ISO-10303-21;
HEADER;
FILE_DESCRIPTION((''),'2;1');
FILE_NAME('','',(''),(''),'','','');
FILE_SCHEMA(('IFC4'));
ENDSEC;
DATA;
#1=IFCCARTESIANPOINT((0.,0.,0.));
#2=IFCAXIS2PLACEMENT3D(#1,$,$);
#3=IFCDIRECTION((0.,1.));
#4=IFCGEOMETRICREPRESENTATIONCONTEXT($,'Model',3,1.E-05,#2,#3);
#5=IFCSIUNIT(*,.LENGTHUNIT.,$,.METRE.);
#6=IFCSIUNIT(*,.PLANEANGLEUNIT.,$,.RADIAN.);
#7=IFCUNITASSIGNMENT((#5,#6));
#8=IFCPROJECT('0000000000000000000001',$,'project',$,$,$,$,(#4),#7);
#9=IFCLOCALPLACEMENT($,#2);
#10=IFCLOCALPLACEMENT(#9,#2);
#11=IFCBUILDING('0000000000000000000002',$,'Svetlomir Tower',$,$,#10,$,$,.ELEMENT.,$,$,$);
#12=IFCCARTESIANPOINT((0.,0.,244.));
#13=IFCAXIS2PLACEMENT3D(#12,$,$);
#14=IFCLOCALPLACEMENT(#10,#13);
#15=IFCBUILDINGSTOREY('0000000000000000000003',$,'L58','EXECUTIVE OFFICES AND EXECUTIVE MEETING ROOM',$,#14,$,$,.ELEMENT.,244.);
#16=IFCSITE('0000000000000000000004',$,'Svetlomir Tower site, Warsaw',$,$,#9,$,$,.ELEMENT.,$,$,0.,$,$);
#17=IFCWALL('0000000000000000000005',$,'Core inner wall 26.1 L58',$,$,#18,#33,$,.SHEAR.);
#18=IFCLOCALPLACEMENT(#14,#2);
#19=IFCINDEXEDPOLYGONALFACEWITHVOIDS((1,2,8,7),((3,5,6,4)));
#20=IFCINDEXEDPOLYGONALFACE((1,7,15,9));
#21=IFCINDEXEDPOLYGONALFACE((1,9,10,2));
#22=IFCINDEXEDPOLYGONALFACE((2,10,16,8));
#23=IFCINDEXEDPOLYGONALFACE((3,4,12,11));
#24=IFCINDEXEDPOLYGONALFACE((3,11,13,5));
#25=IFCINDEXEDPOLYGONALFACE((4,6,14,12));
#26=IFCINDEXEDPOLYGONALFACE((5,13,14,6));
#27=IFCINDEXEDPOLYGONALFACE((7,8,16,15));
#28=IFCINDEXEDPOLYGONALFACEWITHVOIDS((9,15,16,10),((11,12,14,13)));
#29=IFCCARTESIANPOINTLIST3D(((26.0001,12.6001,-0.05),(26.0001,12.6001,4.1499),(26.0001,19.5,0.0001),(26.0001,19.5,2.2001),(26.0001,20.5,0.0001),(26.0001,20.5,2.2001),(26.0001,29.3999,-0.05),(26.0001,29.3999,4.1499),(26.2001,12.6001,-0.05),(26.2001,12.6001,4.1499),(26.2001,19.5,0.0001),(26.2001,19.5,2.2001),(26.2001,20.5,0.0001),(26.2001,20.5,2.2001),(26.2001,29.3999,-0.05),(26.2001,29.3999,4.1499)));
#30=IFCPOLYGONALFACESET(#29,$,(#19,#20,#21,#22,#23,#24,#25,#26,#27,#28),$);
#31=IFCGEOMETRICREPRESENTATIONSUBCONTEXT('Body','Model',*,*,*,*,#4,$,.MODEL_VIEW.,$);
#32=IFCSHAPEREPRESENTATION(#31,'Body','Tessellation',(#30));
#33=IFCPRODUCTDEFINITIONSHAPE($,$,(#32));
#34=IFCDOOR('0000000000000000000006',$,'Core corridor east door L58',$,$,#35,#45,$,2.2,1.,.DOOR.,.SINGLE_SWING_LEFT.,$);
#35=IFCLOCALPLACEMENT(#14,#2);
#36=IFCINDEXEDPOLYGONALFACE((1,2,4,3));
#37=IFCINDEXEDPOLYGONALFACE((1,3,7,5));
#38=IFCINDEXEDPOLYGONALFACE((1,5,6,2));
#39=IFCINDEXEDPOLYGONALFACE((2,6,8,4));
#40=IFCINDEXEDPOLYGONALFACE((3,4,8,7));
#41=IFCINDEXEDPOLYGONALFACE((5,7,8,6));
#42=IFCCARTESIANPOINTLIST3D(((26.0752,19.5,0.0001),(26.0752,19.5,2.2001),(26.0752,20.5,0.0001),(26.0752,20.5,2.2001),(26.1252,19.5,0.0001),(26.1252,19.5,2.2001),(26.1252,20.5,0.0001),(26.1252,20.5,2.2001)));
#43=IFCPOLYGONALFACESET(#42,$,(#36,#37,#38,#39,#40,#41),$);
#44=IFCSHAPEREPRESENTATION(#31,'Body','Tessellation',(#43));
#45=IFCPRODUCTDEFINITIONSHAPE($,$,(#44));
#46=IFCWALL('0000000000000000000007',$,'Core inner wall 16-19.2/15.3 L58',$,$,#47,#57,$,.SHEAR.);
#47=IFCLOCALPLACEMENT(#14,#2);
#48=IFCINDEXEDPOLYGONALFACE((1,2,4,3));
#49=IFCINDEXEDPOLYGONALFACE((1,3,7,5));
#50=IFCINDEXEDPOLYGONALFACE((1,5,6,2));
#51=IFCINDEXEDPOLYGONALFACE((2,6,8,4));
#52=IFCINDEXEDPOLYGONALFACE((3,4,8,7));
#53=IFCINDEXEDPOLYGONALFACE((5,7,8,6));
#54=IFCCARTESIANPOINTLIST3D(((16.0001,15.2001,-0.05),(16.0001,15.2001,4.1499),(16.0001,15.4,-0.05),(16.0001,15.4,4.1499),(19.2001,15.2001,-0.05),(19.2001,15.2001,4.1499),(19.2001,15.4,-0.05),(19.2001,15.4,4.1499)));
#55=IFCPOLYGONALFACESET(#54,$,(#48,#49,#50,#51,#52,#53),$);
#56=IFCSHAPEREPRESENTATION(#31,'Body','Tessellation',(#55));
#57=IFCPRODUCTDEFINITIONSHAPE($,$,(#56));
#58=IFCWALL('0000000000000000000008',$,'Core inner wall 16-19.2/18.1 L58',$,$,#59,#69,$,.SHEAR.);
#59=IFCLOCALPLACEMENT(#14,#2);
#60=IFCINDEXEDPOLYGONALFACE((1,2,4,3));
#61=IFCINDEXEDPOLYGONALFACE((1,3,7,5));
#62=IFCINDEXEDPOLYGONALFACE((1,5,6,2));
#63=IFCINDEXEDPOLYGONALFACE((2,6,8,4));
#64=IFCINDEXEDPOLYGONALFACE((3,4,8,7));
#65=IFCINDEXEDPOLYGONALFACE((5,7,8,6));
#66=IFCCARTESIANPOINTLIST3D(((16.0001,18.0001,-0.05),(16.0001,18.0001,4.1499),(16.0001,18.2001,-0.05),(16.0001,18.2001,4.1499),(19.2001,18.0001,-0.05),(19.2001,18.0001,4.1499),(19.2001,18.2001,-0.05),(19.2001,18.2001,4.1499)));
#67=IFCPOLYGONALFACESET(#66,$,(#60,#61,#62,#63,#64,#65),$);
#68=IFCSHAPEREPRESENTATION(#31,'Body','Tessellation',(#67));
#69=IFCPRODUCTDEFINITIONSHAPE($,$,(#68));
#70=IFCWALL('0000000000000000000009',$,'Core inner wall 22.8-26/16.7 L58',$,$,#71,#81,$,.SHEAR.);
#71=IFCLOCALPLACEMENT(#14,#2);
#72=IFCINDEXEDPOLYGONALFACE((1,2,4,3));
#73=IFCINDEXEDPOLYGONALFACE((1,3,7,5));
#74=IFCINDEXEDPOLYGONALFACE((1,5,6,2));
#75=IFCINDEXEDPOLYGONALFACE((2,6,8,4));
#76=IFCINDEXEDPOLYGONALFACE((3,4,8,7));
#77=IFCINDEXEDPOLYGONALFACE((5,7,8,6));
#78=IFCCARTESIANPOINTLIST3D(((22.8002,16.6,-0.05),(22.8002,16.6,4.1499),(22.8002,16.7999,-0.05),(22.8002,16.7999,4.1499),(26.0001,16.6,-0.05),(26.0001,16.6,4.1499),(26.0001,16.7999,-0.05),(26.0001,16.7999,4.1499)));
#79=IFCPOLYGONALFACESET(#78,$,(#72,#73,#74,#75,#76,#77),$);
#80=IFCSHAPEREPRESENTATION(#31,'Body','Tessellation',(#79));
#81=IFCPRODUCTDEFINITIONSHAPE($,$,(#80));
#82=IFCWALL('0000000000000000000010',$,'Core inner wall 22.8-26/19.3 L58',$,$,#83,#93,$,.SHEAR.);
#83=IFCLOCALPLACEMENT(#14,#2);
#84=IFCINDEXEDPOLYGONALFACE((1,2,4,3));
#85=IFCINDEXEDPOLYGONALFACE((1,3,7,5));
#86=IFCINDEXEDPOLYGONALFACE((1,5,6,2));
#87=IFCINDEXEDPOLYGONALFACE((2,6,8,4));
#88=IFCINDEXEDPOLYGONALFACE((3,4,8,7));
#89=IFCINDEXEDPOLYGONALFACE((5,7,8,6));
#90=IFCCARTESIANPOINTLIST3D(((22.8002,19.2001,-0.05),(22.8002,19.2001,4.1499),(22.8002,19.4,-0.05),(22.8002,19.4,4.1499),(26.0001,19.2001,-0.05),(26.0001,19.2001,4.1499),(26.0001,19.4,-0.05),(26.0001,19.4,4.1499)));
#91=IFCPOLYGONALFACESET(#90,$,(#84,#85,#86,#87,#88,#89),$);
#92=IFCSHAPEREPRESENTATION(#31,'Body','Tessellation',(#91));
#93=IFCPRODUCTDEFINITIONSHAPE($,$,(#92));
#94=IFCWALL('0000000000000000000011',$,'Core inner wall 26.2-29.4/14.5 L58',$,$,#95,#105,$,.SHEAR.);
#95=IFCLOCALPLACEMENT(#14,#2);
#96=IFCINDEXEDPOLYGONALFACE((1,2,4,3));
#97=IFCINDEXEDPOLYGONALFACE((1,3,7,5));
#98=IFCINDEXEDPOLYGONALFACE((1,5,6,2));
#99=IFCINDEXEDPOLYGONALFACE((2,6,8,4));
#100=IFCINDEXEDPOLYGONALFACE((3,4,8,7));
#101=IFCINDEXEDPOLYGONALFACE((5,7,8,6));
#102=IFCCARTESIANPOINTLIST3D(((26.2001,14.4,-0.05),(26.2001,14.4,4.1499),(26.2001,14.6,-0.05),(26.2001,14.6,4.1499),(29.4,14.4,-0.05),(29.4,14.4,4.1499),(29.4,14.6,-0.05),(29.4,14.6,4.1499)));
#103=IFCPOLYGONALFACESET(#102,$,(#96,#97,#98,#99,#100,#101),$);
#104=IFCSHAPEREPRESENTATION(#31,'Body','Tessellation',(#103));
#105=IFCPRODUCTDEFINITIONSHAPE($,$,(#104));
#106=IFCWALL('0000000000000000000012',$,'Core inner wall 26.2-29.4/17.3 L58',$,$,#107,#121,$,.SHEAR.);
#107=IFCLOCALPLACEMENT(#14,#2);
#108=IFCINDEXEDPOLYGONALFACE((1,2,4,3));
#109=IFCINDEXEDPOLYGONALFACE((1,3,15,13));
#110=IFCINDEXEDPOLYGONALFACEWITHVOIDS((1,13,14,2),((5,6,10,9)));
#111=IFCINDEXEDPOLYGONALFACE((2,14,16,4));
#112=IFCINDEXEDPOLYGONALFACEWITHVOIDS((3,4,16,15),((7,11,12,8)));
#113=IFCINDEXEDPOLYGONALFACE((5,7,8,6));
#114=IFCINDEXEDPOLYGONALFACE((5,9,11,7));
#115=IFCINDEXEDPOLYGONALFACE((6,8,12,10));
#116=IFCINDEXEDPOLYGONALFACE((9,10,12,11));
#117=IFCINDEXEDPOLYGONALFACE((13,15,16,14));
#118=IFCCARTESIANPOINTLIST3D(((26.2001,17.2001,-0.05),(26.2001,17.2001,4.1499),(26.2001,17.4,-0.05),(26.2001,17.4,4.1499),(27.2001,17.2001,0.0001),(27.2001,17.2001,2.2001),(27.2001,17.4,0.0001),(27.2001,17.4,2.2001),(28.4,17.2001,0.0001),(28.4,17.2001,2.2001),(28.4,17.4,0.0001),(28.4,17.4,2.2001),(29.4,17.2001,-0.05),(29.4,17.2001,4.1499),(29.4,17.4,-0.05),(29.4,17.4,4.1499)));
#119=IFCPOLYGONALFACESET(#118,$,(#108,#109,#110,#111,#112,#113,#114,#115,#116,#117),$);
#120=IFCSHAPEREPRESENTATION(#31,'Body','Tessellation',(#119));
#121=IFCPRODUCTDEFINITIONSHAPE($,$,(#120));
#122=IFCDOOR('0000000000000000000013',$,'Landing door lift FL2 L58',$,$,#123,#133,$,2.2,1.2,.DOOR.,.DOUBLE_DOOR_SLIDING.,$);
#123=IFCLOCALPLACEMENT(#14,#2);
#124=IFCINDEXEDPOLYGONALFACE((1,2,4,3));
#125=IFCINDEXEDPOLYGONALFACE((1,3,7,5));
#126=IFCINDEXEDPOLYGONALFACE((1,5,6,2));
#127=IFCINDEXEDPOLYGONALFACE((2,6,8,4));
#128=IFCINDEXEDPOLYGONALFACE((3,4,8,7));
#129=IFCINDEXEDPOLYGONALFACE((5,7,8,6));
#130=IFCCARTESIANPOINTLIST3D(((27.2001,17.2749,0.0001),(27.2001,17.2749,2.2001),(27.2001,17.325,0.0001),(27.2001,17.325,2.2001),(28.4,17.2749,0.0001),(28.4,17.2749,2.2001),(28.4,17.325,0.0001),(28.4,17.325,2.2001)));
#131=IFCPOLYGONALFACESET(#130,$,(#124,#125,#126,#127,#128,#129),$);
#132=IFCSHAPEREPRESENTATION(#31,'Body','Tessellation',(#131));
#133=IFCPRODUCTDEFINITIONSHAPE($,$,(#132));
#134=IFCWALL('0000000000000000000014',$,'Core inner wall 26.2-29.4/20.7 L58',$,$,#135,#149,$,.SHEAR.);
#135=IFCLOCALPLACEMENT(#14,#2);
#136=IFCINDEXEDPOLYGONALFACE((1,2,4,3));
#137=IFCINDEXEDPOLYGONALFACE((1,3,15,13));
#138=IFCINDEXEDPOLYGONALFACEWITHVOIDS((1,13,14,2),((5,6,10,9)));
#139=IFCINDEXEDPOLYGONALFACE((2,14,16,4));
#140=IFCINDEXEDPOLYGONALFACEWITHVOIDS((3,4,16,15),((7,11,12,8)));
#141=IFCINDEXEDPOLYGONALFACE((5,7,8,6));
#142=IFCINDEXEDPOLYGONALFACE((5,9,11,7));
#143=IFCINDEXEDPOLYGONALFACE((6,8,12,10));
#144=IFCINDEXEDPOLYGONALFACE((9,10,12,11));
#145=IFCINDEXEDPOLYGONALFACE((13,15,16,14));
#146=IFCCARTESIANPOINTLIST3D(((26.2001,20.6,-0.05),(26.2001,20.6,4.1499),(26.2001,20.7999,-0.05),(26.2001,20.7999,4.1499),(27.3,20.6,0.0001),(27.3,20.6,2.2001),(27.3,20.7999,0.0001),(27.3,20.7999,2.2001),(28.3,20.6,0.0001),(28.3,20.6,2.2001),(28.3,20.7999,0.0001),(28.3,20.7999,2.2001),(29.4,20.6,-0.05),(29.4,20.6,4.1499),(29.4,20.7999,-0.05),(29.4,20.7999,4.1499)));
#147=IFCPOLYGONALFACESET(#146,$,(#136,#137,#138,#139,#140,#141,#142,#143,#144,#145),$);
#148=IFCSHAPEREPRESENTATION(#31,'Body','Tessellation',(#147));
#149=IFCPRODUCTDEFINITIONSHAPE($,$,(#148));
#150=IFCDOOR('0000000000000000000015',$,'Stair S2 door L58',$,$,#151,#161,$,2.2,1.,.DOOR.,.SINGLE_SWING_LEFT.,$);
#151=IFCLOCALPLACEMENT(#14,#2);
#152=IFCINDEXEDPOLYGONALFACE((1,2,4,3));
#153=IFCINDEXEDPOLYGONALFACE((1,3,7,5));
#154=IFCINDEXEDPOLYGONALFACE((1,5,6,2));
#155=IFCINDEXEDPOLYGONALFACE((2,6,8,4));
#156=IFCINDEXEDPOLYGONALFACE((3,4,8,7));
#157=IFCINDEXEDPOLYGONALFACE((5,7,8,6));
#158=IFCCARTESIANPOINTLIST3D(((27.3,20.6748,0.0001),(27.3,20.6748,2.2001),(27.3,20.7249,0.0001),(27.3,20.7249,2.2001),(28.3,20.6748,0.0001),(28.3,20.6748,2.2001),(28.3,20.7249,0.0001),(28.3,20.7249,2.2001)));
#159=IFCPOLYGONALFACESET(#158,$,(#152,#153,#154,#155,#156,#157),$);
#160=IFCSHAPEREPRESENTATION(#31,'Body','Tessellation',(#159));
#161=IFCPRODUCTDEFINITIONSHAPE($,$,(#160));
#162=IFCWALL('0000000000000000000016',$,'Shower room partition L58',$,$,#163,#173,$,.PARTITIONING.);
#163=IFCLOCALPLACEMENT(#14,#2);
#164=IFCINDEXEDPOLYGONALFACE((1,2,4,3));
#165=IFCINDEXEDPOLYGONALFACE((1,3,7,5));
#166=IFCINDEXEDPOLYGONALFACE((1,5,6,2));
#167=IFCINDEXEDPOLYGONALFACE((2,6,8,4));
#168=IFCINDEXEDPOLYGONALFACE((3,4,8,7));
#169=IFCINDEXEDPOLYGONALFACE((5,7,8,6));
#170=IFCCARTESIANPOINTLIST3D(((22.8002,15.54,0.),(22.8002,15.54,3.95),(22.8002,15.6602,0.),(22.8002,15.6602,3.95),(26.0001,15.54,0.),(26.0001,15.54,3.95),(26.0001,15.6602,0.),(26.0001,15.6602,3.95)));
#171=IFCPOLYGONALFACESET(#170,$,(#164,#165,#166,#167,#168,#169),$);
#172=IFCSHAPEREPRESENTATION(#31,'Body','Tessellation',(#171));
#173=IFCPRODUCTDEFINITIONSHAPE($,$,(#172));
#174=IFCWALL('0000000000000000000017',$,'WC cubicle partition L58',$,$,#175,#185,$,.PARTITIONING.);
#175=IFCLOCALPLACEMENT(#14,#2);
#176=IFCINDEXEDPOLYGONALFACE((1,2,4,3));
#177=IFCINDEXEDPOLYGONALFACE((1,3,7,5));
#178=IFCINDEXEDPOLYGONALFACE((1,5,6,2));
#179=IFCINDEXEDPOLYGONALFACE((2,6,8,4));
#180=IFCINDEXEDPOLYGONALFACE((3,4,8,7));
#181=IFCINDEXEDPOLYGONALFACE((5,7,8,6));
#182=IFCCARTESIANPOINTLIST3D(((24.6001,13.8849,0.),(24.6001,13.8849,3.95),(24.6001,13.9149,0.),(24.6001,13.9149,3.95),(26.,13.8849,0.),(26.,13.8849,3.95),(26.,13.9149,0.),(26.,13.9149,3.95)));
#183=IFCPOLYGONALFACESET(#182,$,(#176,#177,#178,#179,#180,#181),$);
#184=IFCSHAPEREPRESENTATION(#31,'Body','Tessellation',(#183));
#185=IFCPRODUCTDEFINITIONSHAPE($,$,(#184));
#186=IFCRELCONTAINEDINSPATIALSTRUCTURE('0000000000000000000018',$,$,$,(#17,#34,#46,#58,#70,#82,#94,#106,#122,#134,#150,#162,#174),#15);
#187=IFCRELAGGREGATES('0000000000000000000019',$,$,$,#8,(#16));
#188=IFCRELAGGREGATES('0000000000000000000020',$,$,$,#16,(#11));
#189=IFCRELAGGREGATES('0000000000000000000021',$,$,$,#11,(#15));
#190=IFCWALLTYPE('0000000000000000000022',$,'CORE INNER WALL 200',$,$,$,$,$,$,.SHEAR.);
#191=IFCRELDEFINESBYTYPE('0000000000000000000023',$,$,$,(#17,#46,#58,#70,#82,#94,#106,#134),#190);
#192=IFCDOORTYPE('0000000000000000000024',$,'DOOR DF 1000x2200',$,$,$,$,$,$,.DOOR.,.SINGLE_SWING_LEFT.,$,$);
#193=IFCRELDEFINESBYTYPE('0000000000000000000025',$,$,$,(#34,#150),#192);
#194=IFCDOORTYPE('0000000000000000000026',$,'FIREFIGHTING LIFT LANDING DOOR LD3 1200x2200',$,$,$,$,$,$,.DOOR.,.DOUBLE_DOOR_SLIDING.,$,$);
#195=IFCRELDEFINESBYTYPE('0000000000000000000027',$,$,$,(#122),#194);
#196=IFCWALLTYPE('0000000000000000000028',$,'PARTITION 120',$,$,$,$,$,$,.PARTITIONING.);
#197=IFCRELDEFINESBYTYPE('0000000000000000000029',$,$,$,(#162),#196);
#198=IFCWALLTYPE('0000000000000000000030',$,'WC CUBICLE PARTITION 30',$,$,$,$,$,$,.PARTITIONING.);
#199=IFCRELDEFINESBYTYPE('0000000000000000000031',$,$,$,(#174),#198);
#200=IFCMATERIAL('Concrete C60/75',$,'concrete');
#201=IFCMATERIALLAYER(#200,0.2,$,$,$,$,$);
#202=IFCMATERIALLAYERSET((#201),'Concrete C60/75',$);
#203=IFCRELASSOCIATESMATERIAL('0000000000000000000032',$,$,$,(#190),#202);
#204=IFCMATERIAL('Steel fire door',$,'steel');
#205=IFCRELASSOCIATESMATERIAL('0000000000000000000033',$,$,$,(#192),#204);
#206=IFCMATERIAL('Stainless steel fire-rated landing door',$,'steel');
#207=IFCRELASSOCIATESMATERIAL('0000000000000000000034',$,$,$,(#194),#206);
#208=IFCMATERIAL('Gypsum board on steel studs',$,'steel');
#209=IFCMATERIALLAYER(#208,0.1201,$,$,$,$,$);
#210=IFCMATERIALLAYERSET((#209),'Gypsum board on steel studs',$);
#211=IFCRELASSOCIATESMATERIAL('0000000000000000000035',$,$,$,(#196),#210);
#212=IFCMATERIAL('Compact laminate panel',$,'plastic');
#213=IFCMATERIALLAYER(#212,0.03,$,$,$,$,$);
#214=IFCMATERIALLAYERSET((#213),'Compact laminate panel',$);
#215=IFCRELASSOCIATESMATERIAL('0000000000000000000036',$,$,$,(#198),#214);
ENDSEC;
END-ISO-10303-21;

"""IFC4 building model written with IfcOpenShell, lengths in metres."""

from ifc_helpers import new_model, si_unit, direction, frame, frame_2d, origin, place, context, subcontext, project, spatial, rectangle, extrude, material, layer, layer_set, type_object, element, fill, save


model = new_model("IFC4")

# Units and contexts
model_context = context("Model", 3, precision=1e-05, world=origin(), true_north=direction((0.0, 1.0)))
body_context = subcontext(model_context, "Body", "Model", "MODEL_VIEW")
ifc_project = project(units=[si_unit("LENGTHUNIT", "METRE"), si_unit("PLANEANGLEUNIT", "RADIAN")], contexts=[model_context])

# Site, building, storey
site_placement = place(None, origin())
site = spatial("IfcSite", under=ifc_project, at=site_placement, Name="Svetlomir Tower site, Warsaw", CompositionType="ELEMENT", RefElevation=0.0)
building_placement = place(site_placement, origin())
building = spatial("IfcBuilding", under=site, at=building_placement, Name="Svetlomir Tower", CompositionType="ELEMENT")
storey_placement = place(building_placement, frame((0.0, 0.0, 244.0)))
storey = spatial("IfcBuildingStorey", under=building, at=storey_placement, Name="L58", Description="EXECUTIVE OFFICES AND EXECUTIVE MEETING ROOM", CompositionType="ELEMENT", Elevation=244.0)

# Shared definitions
ifc_material_1 = material(Name="Concrete C60/75", Category="concrete")
ifc_layer_1 = layer(ifc_material_1, 0.2)
ifc_layer_set_1 = layer_set([ifc_layer_1], Name="Concrete C60/75")
wall_type_1 = type_object("IfcWallType", Name="CORE INNER WALL 200", PredefinedType="SHEAR", material=ifc_layer_set_1)

# Wall, opening, door
wall_1_placement = place(storey_placement, frame((26.1001, 12.6001, -0.05), z_axis=(0.0, 0.0, 1.0), x_axis=(0.0, 1.0, 0.0)))
wall_1 = element("IfcWall", 1, at=wall_1_placement, inside=storey, type_object=wall_type_1, Name="Core inner wall 26.1 L58", PredefinedType="SHEAR", context=body_context, shape_type="SweptSolid", body=[
    extrude(rectangle(XDim=16.7998, YDim=0.2, at=frame_2d((8.3999, 0.0))), origin(), (0.0, 0.0, 1.0), 4.2),
])
opening_1_placement = place(wall_1_placement, frame((6.8999, 0.0, 0.05)))
opening_1 = element("IfcOpeningElement", 2, at=opening_1_placement, cuts=wall_1, PredefinedType="OPENING", context=body_context, shape_type="SweptSolid", body=[
    extrude(rectangle(XDim=1.0, YDim=2.2, at=frame_2d((0.5, 1.1001))), frame((0.0, 0.1099, 0.0), z_axis=(0.0, -1.0, 0.0), x_axis=(1.0, 0.0, 0.0)), (0.0, 0.0, 1.0), 0.22),
])
ifc_material_2 = material(Name="Steel fire door", Category="steel")
door_type_1 = type_object("IfcDoorType", Name="DOOR DF 1000x2200", OperationType="SINGLE_SWING_LEFT", PredefinedType="DOOR", material=ifc_material_2)
door_1_placement = place(opening_1_placement, origin())
door_1 = element("IfcDoor", 3, at=door_1_placement, inside=storey, type_object=door_type_1, Name="Core corridor east door L58", OperationType="SINGLE_SWING_LEFT", OverallHeight=2.2, OverallWidth=1.0, PredefinedType="DOOR", context=body_context, shape_type="SweptSolid", body=[
    extrude(rectangle(XDim=1.0, YDim=2.2, at=frame_2d((0.5, 1.1001))), frame((0.0, 0.0249, 0.0), z_axis=(0.0, -1.0, 0.0), x_axis=(1.0, 0.0, 0.0)), (0.0, 0.0, 1.0), 0.05),
])
fill(opening_1, door_1)

# Walls
for number, where, z_axis, x_axis, name in (
    (4, (16.0, 15.3, -0.05), (0.0, 0.0, 1.0), (1.0, 0.0, 0.0), "Core inner wall 16-19.2/15.3 L58"),
    (5, (16.0, 18.1001, -0.05), (0.0, 0.0, 1.0), (1.0, 0.0, 0.0), "Core inner wall 16-19.2/18.1 L58"),
    (6, (22.8, 16.7, -0.05), (0.0, 0.0, 1.0), (1.0, 0.0, 0.0), "Core inner wall 22.8-26/16.7 L58"),
    (7, (22.8, 19.3, -0.05), (0.0, 0.0, 1.0), (1.0, 0.0, 0.0), "Core inner wall 22.8-26/19.3 L58"),
    (8, (26.2, 14.5, -0.05), (0.0, 0.0, 1.0), (1.0, 0.0, 0.0), "Core inner wall 26.2-29.4/14.5 L58"),
):
    element("IfcWall", number, at=place(storey_placement, frame(where, z_axis=z_axis, x_axis=x_axis)), inside=storey, type_object=wall_type_1, Name=name, PredefinedType="SHEAR", context=body_context, shape_type="SweptSolid", body=[
        extrude(rectangle(XDim=3.2, YDim=0.2, at=frame_2d((1.6001, 0.0))), origin(), (0.0, 0.0, 1.0), 4.2),
    ])

# Walls, openings, doors
wall_2_placement = place(storey_placement, frame((26.2, 17.3, -0.05), z_axis=(0.0, 0.0, 1.0), x_axis=(1.0, 0.0, 0.0)))
wall_2 = element("IfcWall", 9, at=wall_2_placement, inside=storey, type_object=wall_type_1, Name="Core inner wall 26.2-29.4/17.3 L58", PredefinedType="SHEAR", context=body_context, shape_type="SweptSolid", body=[
    extrude(rectangle(XDim=3.2, YDim=0.2, at=frame_2d((1.6001, 0.0))), origin(), (0.0, 0.0, 1.0), 4.2),
])
opening_2_placement = place(wall_2_placement, frame((1.0, 0.0, 0.05)))
opening_2 = element("IfcOpeningElement", 10, at=opening_2_placement, cuts=wall_2, PredefinedType="OPENING", context=body_context, shape_type="SweptSolid", body=[
    extrude(rectangle(XDim=1.2, YDim=2.2, at=frame_2d((0.6001, 1.1001))), frame((0.0, 0.1099, 0.0), z_axis=(0.0, -1.0, 0.0), x_axis=(1.0, 0.0, 0.0)), (0.0, 0.0, 1.0), 0.22),
])
ifc_material_3 = material(Name="Stainless steel fire-rated landing door", Category="steel")
door_type_2 = type_object("IfcDoorType", Name="FIREFIGHTING LIFT LANDING DOOR LD3 1200x2200", OperationType="DOUBLE_DOOR_SLIDING", PredefinedType="DOOR", material=ifc_material_3)
door_2_placement = place(opening_2_placement, origin())
door_2 = element("IfcDoor", 11, at=door_2_placement, inside=storey, type_object=door_type_2, Name="Landing door lift FL2 L58", OperationType="DOUBLE_DOOR_SLIDING", OverallHeight=2.2, OverallWidth=1.2, PredefinedType="DOOR", context=body_context, shape_type="SweptSolid", body=[
    extrude(rectangle(XDim=1.2, YDim=2.2, at=frame_2d((0.6001, 1.1001))), frame((0.0, 0.0249, 0.0), z_axis=(0.0, -1.0, 0.0), x_axis=(1.0, 0.0, 0.0)), (0.0, 0.0, 1.0), 0.05),
])
fill(opening_2, door_2)
wall_3_placement = place(storey_placement, frame((26.2, 20.7, -0.05), z_axis=(0.0, 0.0, 1.0), x_axis=(1.0, 0.0, 0.0)))
wall_3 = element("IfcWall", 12, at=wall_3_placement, inside=storey, type_object=wall_type_1, Name="Core inner wall 26.2-29.4/20.7 L58", PredefinedType="SHEAR", context=body_context, shape_type="SweptSolid", body=[
    extrude(rectangle(XDim=3.2, YDim=0.2, at=frame_2d((1.6001, 0.0))), origin(), (0.0, 0.0, 1.0), 4.2),
])
opening_3_placement = place(wall_3_placement, frame((1.1001, 0.0, 0.05)))
opening_3 = element("IfcOpeningElement", 13, at=opening_3_placement, cuts=wall_3, PredefinedType="OPENING", context=body_context, shape_type="SweptSolid", body=[
    extrude(rectangle(XDim=1.0, YDim=2.2, at=frame_2d((0.5, 1.1001))), frame((0.0, 0.1099, 0.0), z_axis=(0.0, -1.0, 0.0), x_axis=(1.0, 0.0, 0.0)), (0.0, 0.0, 1.0), 0.22),
])
door_3_placement = place(opening_3_placement, origin())
door_3 = element("IfcDoor", 14, at=door_3_placement, inside=storey, type_object=door_type_1, Name="Stair S2 door L58", OperationType="SINGLE_SWING_LEFT", OverallHeight=2.2, OverallWidth=1.0, PredefinedType="DOOR", context=body_context, shape_type="SweptSolid", body=[
    extrude(rectangle(XDim=1.0, YDim=2.2, at=frame_2d((0.5, 1.1001))), frame((0.0, 0.0249, 0.0), z_axis=(0.0, -1.0, 0.0), x_axis=(1.0, 0.0, 0.0)), (0.0, 0.0, 1.0), 0.05),
])
fill(opening_3, door_3)

# Walls
ifc_material_4 = material(Name="Gypsum board on steel studs", Category="steel")
ifc_layer_2 = layer(ifc_material_4, 0.1201)
ifc_layer_set_2 = layer_set([ifc_layer_2], Name="Gypsum board on steel studs")
wall_type_2 = type_object("IfcWallType", Name="PARTITION 120", PredefinedType="PARTITIONING", material=ifc_layer_set_2)
wall_4_placement = place(storey_placement, frame((22.8, 15.6001, 0.0), z_axis=(0.0, 0.0, 1.0), x_axis=(1.0, 0.0, 0.0)))
element("IfcWall", 15, at=wall_4_placement, inside=storey, type_object=wall_type_2, Name="Shower room partition L58", PredefinedType="PARTITIONING", context=body_context, shape_type="SweptSolid", body=[
    extrude(rectangle(XDim=3.2, YDim=0.1201, at=frame_2d((1.6001, 0.0))), origin(), (0.0, 0.0, 1.0), 3.95),
])
ifc_material_5 = material(Name="Compact laminate panel", Category="plastic")
ifc_layer_3 = layer(ifc_material_5, 0.03)
ifc_layer_set_3 = layer_set([ifc_layer_3], Name="Compact laminate panel")
wall_type_3 = type_object("IfcWallType", Name="WC CUBICLE PARTITION 30", PredefinedType="PARTITIONING", material=ifc_layer_set_3)
wall_5_placement = place(storey_placement, frame((24.6001, 13.8999, 0.0), z_axis=(0.0, 0.0, 1.0), x_axis=(1.0, 0.0, 0.0)))
element("IfcWall", 16, at=wall_5_placement, inside=storey, type_object=wall_type_3, Name="WC cubicle partition L58", PredefinedType="PARTITIONING", context=body_context, shape_type="SweptSolid", body=[
    extrude(rectangle(XDim=1.3999, YDim=0.03, at=frame_2d((0.7, 0.0))), origin(), (0.0, 0.0, 1.0), 3.95),
])

save(model, "model.ifc")
